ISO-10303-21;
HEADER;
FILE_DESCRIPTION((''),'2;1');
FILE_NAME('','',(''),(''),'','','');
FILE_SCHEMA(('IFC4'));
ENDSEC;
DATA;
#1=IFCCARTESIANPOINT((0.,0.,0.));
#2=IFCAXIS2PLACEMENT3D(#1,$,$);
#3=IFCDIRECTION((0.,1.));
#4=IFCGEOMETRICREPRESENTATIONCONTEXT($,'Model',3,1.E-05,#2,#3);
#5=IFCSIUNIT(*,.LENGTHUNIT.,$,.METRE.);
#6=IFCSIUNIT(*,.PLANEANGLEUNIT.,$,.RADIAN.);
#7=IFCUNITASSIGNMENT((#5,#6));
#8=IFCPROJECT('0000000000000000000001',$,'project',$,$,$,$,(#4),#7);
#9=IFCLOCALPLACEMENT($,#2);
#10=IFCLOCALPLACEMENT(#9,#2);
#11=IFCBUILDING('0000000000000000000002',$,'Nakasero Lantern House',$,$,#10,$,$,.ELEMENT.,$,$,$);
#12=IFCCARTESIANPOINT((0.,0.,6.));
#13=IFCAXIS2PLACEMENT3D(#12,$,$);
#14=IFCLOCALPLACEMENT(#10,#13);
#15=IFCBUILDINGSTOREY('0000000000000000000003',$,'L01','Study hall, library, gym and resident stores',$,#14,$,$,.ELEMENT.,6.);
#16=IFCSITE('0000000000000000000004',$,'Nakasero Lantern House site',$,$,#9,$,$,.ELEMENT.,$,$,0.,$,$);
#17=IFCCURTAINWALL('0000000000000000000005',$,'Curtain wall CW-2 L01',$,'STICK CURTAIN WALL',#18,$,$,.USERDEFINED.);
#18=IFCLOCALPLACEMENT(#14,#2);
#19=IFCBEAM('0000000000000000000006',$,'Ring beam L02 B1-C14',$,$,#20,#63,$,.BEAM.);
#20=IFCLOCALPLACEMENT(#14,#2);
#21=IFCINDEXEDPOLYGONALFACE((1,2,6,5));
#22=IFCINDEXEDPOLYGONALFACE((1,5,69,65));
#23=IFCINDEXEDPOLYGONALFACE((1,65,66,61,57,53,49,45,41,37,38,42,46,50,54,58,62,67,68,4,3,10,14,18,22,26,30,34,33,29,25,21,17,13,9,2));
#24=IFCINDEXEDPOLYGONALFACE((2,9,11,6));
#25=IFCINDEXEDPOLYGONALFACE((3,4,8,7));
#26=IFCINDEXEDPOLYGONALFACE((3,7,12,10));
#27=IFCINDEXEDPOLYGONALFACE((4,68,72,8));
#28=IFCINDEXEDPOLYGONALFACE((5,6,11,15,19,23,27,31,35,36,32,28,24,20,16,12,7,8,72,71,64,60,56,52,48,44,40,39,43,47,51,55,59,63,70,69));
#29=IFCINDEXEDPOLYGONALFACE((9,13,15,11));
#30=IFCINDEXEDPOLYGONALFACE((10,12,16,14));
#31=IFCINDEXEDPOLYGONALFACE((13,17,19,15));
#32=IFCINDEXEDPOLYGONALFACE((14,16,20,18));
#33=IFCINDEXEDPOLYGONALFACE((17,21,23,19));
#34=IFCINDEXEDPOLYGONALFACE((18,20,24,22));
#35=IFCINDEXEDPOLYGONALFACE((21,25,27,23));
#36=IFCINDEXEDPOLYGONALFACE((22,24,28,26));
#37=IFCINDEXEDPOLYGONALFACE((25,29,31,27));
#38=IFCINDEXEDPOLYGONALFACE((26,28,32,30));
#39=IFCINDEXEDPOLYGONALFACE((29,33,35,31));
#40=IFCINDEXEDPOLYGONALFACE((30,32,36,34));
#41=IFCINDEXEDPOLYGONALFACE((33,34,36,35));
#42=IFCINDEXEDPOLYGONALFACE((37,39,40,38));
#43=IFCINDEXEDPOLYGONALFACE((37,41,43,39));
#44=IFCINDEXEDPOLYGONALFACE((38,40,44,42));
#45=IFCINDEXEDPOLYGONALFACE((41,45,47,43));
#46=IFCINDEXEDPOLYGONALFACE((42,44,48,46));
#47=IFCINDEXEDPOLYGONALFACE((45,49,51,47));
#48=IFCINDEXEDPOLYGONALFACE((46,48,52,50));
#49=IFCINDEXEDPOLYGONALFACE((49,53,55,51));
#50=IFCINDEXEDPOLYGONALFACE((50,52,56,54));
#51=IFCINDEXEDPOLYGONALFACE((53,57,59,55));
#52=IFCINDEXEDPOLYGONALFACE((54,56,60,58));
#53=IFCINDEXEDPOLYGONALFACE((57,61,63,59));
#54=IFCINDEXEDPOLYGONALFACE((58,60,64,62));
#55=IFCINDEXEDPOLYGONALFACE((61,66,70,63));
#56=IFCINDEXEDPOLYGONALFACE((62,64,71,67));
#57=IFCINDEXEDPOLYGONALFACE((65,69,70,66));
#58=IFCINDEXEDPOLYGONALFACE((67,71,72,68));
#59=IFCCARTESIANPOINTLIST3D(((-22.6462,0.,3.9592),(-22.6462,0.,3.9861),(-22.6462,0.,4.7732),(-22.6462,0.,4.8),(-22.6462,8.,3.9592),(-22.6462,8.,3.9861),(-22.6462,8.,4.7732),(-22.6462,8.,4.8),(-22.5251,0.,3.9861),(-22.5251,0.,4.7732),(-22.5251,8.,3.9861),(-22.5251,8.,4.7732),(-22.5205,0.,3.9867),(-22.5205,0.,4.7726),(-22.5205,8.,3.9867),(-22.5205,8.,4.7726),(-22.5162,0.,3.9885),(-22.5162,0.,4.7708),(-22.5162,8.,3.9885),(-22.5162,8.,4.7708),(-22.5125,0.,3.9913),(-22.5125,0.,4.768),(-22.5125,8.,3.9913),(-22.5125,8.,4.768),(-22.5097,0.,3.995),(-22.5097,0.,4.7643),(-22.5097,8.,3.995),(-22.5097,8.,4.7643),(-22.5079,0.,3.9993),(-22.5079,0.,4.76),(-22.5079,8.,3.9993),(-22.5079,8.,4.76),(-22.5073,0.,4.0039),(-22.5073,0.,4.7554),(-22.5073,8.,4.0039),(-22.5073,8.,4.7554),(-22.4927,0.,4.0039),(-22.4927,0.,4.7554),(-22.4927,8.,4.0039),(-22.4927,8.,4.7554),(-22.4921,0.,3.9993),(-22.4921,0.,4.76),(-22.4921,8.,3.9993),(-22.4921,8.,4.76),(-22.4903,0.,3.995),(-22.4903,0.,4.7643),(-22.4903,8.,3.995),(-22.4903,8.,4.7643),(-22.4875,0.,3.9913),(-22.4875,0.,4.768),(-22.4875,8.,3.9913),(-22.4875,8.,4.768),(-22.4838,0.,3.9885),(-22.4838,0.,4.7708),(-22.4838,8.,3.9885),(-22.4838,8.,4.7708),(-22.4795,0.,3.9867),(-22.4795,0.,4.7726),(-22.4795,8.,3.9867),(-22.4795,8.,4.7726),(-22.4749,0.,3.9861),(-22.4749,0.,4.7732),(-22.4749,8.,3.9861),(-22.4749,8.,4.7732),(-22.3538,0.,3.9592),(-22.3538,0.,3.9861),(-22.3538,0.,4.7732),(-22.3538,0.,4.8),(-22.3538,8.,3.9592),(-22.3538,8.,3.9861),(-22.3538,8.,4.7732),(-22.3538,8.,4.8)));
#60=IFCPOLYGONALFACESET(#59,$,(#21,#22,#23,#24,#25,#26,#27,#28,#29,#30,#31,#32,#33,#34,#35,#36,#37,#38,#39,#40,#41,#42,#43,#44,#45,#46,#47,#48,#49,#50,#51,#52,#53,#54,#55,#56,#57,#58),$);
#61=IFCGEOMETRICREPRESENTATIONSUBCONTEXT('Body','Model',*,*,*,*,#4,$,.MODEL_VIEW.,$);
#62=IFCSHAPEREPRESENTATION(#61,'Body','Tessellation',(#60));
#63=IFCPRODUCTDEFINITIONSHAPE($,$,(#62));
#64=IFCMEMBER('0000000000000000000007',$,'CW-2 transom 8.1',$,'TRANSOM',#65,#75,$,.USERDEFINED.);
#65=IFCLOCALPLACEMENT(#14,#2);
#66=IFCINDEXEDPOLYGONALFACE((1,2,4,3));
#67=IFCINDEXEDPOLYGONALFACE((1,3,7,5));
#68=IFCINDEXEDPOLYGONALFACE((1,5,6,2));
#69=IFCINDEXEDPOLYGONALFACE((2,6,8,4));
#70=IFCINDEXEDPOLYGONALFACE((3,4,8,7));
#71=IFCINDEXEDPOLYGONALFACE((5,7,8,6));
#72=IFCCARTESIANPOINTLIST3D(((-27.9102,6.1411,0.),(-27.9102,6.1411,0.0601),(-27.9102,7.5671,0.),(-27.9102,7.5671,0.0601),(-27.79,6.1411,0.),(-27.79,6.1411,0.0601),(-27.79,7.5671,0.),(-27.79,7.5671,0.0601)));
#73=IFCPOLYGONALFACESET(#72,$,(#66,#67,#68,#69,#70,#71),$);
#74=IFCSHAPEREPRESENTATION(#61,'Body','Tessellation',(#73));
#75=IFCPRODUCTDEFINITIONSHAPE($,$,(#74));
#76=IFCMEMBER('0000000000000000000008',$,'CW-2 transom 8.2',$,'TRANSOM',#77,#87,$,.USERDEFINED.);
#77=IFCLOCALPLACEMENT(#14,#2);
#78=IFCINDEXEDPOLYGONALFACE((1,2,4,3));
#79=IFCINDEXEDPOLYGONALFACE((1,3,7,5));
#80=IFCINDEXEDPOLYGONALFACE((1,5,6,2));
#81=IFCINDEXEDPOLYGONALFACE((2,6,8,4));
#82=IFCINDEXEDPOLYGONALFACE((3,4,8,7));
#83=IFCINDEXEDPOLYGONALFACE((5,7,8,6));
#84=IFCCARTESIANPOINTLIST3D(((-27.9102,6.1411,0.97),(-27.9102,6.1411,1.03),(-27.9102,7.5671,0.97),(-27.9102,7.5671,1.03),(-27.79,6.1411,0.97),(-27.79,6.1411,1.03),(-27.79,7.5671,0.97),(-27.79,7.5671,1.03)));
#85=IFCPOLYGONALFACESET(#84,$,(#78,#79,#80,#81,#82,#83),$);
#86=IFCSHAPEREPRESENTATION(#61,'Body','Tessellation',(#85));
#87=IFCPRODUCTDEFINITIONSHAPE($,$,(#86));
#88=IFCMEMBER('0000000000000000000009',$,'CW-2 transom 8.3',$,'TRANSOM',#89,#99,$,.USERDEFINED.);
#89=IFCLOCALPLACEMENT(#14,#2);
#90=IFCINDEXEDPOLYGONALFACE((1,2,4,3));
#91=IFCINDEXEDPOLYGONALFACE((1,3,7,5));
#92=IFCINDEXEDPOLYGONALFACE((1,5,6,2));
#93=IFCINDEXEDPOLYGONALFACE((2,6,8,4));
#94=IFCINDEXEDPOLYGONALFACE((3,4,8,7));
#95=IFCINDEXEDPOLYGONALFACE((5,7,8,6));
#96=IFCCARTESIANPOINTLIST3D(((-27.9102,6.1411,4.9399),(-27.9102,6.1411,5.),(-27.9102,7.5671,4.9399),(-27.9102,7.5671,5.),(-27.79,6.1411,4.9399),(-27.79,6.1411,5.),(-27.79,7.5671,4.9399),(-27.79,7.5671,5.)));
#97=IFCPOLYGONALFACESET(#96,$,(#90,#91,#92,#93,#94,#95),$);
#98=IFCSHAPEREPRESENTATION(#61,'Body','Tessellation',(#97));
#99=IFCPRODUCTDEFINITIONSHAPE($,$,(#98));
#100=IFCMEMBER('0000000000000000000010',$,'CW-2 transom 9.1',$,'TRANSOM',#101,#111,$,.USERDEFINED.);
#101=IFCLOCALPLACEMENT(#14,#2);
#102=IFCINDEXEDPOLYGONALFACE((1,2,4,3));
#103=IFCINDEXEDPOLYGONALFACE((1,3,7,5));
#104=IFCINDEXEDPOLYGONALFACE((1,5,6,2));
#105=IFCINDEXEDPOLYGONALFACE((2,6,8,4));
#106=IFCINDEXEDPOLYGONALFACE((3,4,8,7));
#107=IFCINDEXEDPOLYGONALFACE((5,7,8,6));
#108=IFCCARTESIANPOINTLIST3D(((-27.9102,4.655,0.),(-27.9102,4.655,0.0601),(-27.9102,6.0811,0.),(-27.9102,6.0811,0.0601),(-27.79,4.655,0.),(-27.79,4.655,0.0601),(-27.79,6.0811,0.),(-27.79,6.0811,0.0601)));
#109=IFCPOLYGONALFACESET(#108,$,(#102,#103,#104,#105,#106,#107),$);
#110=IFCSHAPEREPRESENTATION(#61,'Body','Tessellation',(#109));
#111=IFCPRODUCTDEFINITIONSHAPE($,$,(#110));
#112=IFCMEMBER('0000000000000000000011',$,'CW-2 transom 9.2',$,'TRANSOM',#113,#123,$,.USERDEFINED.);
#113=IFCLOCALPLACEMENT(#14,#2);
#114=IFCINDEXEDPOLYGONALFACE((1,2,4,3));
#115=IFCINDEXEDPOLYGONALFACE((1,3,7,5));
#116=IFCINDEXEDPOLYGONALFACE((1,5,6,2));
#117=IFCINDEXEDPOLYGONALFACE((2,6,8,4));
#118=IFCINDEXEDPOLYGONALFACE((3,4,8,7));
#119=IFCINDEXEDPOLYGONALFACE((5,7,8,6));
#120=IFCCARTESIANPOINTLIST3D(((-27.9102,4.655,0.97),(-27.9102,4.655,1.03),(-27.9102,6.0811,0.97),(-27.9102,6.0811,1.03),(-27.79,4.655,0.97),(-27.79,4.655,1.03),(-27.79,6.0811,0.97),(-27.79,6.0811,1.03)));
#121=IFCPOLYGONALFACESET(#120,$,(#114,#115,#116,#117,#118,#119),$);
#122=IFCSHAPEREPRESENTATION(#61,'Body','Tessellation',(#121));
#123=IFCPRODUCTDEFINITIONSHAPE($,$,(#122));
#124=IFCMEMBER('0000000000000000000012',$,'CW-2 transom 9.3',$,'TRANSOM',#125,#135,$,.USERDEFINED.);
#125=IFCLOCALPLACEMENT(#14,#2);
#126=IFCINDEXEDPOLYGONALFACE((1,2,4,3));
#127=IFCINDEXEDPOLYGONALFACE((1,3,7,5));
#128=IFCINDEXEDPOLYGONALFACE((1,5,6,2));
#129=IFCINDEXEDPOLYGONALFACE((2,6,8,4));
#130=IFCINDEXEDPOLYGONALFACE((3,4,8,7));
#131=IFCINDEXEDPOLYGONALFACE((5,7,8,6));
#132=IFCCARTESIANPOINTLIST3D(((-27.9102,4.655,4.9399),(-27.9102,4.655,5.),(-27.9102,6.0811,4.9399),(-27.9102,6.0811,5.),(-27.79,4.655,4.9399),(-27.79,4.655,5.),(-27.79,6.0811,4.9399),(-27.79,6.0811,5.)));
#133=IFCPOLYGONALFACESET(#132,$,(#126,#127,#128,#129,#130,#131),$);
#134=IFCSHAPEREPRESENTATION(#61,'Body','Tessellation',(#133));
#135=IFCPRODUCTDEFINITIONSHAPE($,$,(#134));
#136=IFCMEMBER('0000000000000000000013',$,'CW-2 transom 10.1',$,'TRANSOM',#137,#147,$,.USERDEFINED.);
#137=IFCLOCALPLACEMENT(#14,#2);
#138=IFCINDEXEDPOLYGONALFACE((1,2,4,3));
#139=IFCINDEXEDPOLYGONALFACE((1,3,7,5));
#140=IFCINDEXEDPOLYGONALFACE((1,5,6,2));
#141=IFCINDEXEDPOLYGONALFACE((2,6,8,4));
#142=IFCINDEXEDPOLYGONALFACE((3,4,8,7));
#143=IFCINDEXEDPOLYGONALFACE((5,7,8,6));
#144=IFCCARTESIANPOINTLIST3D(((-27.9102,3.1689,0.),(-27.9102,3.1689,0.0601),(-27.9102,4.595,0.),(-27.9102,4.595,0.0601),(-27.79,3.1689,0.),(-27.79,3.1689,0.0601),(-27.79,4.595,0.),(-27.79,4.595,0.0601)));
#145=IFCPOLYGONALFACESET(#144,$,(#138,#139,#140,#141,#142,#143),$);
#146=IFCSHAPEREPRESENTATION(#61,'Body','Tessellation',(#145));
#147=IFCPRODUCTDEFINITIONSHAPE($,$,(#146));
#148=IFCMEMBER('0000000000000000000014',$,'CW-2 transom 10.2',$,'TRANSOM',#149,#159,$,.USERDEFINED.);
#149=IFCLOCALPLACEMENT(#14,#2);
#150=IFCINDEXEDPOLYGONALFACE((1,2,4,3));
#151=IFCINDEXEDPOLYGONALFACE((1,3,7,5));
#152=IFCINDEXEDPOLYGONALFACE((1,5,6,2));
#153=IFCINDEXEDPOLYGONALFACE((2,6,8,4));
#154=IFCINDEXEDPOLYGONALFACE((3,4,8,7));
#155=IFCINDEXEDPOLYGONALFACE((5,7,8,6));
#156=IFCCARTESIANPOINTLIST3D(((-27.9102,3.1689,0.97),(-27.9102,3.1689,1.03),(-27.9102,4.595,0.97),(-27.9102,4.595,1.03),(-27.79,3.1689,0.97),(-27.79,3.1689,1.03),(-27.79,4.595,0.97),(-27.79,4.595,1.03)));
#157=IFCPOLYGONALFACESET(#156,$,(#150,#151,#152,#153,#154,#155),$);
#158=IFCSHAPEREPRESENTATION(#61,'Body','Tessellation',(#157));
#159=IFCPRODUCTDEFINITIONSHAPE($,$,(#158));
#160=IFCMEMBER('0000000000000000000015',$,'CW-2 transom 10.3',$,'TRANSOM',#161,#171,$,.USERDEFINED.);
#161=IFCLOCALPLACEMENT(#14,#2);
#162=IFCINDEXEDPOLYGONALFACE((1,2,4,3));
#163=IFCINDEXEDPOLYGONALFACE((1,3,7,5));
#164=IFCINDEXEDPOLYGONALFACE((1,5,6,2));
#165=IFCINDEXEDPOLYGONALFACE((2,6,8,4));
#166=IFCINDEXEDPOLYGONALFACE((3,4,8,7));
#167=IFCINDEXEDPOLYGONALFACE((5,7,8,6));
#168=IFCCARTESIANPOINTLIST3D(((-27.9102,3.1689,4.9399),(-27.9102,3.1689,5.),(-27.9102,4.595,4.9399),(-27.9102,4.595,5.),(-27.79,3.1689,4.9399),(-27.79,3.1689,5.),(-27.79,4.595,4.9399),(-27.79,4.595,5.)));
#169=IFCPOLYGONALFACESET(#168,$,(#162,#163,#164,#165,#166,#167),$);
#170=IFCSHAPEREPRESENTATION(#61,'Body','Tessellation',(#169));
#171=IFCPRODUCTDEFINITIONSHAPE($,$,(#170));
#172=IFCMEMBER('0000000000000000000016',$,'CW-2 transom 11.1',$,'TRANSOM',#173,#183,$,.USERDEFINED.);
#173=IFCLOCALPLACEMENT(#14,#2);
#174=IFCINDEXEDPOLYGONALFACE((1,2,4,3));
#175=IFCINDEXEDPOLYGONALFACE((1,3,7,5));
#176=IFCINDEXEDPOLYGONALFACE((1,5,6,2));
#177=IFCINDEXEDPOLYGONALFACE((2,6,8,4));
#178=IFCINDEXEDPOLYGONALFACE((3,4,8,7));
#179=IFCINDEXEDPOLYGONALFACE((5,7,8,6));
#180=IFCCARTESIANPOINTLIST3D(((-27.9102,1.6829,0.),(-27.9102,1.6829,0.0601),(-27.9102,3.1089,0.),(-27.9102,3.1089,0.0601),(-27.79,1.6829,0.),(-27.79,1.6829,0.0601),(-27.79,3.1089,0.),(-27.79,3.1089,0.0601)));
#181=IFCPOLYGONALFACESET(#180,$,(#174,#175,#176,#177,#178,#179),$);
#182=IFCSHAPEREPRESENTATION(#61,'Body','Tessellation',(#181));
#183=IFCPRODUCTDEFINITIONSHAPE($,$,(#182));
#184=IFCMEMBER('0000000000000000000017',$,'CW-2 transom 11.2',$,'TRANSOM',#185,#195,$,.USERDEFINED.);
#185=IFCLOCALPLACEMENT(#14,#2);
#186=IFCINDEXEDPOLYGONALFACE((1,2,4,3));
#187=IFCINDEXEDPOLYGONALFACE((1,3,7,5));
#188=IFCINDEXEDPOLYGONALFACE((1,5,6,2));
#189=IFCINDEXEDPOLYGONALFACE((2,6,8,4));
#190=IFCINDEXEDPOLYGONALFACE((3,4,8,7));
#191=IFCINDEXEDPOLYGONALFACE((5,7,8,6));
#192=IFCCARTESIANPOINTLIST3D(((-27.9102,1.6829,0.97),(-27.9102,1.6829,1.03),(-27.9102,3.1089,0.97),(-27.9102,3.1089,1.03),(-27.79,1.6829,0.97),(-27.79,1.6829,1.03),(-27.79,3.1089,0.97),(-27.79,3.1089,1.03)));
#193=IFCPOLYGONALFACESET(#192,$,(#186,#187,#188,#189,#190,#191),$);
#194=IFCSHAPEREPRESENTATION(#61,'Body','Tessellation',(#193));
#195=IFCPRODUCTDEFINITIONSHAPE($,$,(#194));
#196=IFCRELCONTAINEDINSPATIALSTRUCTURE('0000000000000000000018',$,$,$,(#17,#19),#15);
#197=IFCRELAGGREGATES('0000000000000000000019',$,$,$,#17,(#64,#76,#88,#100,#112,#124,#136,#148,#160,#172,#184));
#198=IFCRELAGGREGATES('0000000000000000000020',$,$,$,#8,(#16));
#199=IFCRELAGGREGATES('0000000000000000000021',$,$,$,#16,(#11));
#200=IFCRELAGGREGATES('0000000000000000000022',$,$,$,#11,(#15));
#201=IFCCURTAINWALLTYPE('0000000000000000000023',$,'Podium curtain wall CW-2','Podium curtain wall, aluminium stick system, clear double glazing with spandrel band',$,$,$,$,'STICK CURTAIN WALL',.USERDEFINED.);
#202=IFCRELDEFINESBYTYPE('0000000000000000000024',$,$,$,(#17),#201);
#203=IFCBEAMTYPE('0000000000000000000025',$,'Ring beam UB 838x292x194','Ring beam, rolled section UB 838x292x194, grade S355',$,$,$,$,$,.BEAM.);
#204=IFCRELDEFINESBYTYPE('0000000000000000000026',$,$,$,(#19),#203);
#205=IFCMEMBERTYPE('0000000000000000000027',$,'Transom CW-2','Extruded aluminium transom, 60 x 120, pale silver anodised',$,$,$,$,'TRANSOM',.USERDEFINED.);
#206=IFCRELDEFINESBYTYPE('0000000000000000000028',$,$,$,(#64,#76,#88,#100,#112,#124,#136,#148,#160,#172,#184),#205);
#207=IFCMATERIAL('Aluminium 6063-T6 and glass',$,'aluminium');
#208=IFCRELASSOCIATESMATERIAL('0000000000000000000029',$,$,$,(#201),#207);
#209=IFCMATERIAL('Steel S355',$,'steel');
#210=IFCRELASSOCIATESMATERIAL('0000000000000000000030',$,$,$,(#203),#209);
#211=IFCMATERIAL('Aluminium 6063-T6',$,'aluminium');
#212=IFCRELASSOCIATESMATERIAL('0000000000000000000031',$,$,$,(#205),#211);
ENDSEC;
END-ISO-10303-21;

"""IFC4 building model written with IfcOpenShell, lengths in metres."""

from ifc_helpers import new_model, si_unit, direction, frame, origin, origin_2d, place, context, subcontext, project, spatial, rectangle, i_section, extrude, material, material_profile, profile_set, type_object, element, aggregate, save


model = new_model("IFC4")

# Units and contexts
model_context = context("Model", 3, precision=1e-05, world=origin(), true_north=direction((0.0, 1.0)))
body_context = subcontext(model_context, "Body", "Model", "MODEL_VIEW")
ifc_project = project(units=[si_unit("LENGTHUNIT", "METRE"), si_unit("PLANEANGLEUNIT", "RADIAN")], contexts=[model_context])

# Site, building, storey
site_placement = place(None, origin())
site = spatial("IfcSite", under=ifc_project, at=site_placement, Name="Nakasero Lantern House site", CompositionType="ELEMENT", RefElevation=0.0)
building_placement = place(site_placement, origin())
building = spatial("IfcBuilding", under=site, at=building_placement, Name="Nakasero Lantern House", CompositionType="ELEMENT")
storey_placement = place(building_placement, frame((0.0, 0.0, 6.0)))
storey = spatial("IfcBuildingStorey", under=building, at=storey_placement, Name="L01", Description="Study hall, library, gym and resident stores", CompositionType="ELEMENT", Elevation=6.0)

# Curtain wall
ifc_material_1 = material(Name="Aluminium 6063-T6 and glass", Category="aluminium")
curtain_wall_type = type_object("IfcCurtainWallType", Name="Podium curtain wall CW-2", Description="Podium curtain wall, aluminium stick system, clear double glazing with spandrel band", ElementType="STICK CURTAIN WALL", PredefinedType="USERDEFINED", material=ifc_material_1)
curtain_wall_placement = place(storey_placement, origin())
curtain_wall = element("IfcCurtainWall", 1, at=curtain_wall_placement, inside=storey, type_object=curtain_wall_type, Name="Curtain wall CW-2 L01", ObjectType="STICK CURTAIN WALL", PredefinedType="USERDEFINED")

# Beam
ifc_material_2 = material(Name="Steel S355", Category="steel")
ifc_material_profile_1 = material_profile(ifc_material_2, i_section(OverallWidth=0.2925, OverallDepth=0.8408, WebThickness=0.0146, FlangeThickness=0.0269, FilletRadius=0.0178, at=origin_2d()), Name="UB 838x292x194")
ifc_profile_set_1 = profile_set([ifc_material_profile_1], Name="Steel S355")
beam_type_1 = type_object("IfcBeamType", Name="Ring beam UB 838x292x194", Description="Ring beam, rolled section UB 838x292x194, grade S355", PredefinedType="BEAM", material=ifc_profile_set_1)
beam_1_placement = place(storey_placement, frame((-22.5, 8.0, 4.3796), z_axis=(0.0, -1.0, 0.0), x_axis=(1.0, 0.0, 0.0)))
element("IfcBeam", 2, at=beam_1_placement, inside=storey, type_object=beam_type_1, Name="Ring beam L02 B1-C14", PredefinedType="BEAM", context=body_context, shape_type="SweptSolid", body=[
    extrude(i_section(OverallWidth=0.2925, OverallDepth=0.8408, WebThickness=0.0146, FlangeThickness=0.0269, FilletRadius=0.0178, at=origin_2d()), origin(), (0.0, 0.0, 1.0), 8.0),
])

# Members
ifc_material_3 = material(Name="Aluminium 6063-T6", Category="aluminium")
ifc_material_profile_2 = material_profile(ifc_material_3, rectangle(XDim=0.0601, YDim=0.1201, at=origin_2d()), Name="CW-2 transom 60x120")
ifc_profile_set_2 = profile_set([ifc_material_profile_2], Name="Aluminium 6063-T6")
member_type_1 = type_object("IfcMemberType", Name="Transom CW-2", Description="Extruded aluminium transom, 60 x 120, pale silver anodised", ElementType="TRANSOM", PredefinedType="USERDEFINED", material=ifc_profile_set_2)
member_1_placement = place(storey_placement, frame((-27.8501, 7.5671, 0.03), z_axis=(0.0, -1.0, 0.0), x_axis=(0.0, 0.0, 1.0)))
member_1 = element("IfcMember", 3, at=member_1_placement, type_object=member_type_1, Name="CW-2 transom 8.1", ObjectType="TRANSOM", PredefinedType="USERDEFINED", context=body_context, shape_type="SweptSolid", body=[
    extrude(rectangle(XDim=0.0601, YDim=0.1201, at=origin_2d()), origin(), (0.0, 0.0, 1.0), 1.426),
])
member_2_placement = place(storey_placement, frame((-27.8501, 7.5671, 1.0), z_axis=(0.0, -1.0, 0.0), x_axis=(0.0, 0.0, 1.0)))
member_2 = element("IfcMember", 4, at=member_2_placement, type_object=member_type_1, Name="CW-2 transom 8.2", ObjectType="TRANSOM", PredefinedType="USERDEFINED", context=body_context, shape_type="SweptSolid", body=[
    extrude(rectangle(XDim=0.0601, YDim=0.1201, at=origin_2d()), origin(), (0.0, 0.0, 1.0), 1.426),
])
member_3_placement = place(storey_placement, frame((-27.8501, 7.5671, 4.97), z_axis=(0.0, -1.0, 0.0), x_axis=(0.0, 0.0, 1.0)))
member_3 = element("IfcMember", 5, at=member_3_placement, type_object=member_type_1, Name="CW-2 transom 8.3", ObjectType="TRANSOM", PredefinedType="USERDEFINED", context=body_context, shape_type="SweptSolid", body=[
    extrude(rectangle(XDim=0.0601, YDim=0.1201, at=origin_2d()), origin(), (0.0, 0.0, 1.0), 1.426),
])
member_4_placement = place(storey_placement, frame((-27.8501, 6.0811, 0.03), z_axis=(0.0, -1.0, 0.0), x_axis=(0.0, 0.0, 1.0)))
member_4 = element("IfcMember", 6, at=member_4_placement, type_object=member_type_1, Name="CW-2 transom 9.1", ObjectType="TRANSOM", PredefinedType="USERDEFINED", context=body_context, shape_type="SweptSolid", body=[
    extrude(rectangle(XDim=0.0601, YDim=0.1201, at=origin_2d()), origin(), (0.0, 0.0, 1.0), 1.426),
])
member_5_placement = place(storey_placement, frame((-27.8501, 6.0811, 1.0), z_axis=(0.0, -1.0, 0.0), x_axis=(0.0, 0.0, 1.0)))
member_5 = element("IfcMember", 7, at=member_5_placement, type_object=member_type_1, Name="CW-2 transom 9.2", ObjectType="TRANSOM", PredefinedType="USERDEFINED", context=body_context, shape_type="SweptSolid", body=[
    extrude(rectangle(XDim=0.0601, YDim=0.1201, at=origin_2d()), origin(), (0.0, 0.0, 1.0), 1.426),
])
member_6_placement = place(storey_placement, frame((-27.8501, 6.0811, 4.97), z_axis=(0.0, -1.0, 0.0), x_axis=(0.0, 0.0, 1.0)))
member_6 = element("IfcMember", 8, at=member_6_placement, type_object=member_type_1, Name="CW-2 transom 9.3", ObjectType="TRANSOM", PredefinedType="USERDEFINED", context=body_context, shape_type="SweptSolid", body=[
    extrude(rectangle(XDim=0.0601, YDim=0.1201, at=origin_2d()), origin(), (0.0, 0.0, 1.0), 1.426),
])
member_7_placement = place(storey_placement, frame((-27.8501, 4.595, 0.03), z_axis=(0.0, -1.0, 0.0), x_axis=(0.0, 0.0, 1.0)))
member_7 = element("IfcMember", 9, at=member_7_placement, type_object=member_type_1, Name="CW-2 transom 10.1", ObjectType="TRANSOM", PredefinedType="USERDEFINED", context=body_context, shape_type="SweptSolid", body=[
    extrude(rectangle(XDim=0.0601, YDim=0.1201, at=origin_2d()), origin(), (0.0, 0.0, 1.0), 1.426),
])
member_8_placement = place(storey_placement, frame((-27.8501, 4.595, 1.0), z_axis=(0.0, -1.0, 0.0), x_axis=(0.0, 0.0, 1.0)))
member_8 = element("IfcMember", 10, at=member_8_placement, type_object=member_type_1, Name="CW-2 transom 10.2", ObjectType="TRANSOM", PredefinedType="USERDEFINED", context=body_context, shape_type="SweptSolid", body=[
    extrude(rectangle(XDim=0.0601, YDim=0.1201, at=origin_2d()), origin(), (0.0, 0.0, 1.0), 1.426),
])
member_9_placement = place(storey_placement, frame((-27.8501, 4.595, 4.97), z_axis=(0.0, -1.0, 0.0), x_axis=(0.0, 0.0, 1.0)))
member_9 = element("IfcMember", 11, at=member_9_placement, type_object=member_type_1, Name="CW-2 transom 10.3", ObjectType="TRANSOM", PredefinedType="USERDEFINED", context=body_context, shape_type="SweptSolid", body=[
    extrude(rectangle(XDim=0.0601, YDim=0.1201, at=origin_2d()), origin(), (0.0, 0.0, 1.0), 1.426),
])
member_10_placement = place(storey_placement, frame((-27.8501, 3.1089, 0.03), z_axis=(0.0, -1.0, 0.0), x_axis=(0.0, 0.0, 1.0)))
member_10 = element("IfcMember", 12, at=member_10_placement, type_object=member_type_1, Name="CW-2 transom 11.1", ObjectType="TRANSOM", PredefinedType="USERDEFINED", context=body_context, shape_type="SweptSolid", body=[
    extrude(rectangle(XDim=0.0601, YDim=0.1201, at=origin_2d()), origin(), (0.0, 0.0, 1.0), 1.426),
])
member_11_placement = place(storey_placement, frame((-27.8501, 3.1089, 1.0), z_axis=(0.0, -1.0, 0.0), x_axis=(0.0, 0.0, 1.0)))
member_11 = element("IfcMember", 13, at=member_11_placement, type_object=member_type_1, Name="CW-2 transom 11.2", ObjectType="TRANSOM", PredefinedType="USERDEFINED", context=body_context, shape_type="SweptSolid", body=[
    extrude(rectangle(XDim=0.0601, YDim=0.1201, at=origin_2d()), origin(), (0.0, 0.0, 1.0), 1.426),
])

aggregate(curtain_wall, [member_1, member_2, member_3, member_4, member_5, member_6, member_7, member_8, member_9, member_10, member_11])

save(model, "model.ifc")
